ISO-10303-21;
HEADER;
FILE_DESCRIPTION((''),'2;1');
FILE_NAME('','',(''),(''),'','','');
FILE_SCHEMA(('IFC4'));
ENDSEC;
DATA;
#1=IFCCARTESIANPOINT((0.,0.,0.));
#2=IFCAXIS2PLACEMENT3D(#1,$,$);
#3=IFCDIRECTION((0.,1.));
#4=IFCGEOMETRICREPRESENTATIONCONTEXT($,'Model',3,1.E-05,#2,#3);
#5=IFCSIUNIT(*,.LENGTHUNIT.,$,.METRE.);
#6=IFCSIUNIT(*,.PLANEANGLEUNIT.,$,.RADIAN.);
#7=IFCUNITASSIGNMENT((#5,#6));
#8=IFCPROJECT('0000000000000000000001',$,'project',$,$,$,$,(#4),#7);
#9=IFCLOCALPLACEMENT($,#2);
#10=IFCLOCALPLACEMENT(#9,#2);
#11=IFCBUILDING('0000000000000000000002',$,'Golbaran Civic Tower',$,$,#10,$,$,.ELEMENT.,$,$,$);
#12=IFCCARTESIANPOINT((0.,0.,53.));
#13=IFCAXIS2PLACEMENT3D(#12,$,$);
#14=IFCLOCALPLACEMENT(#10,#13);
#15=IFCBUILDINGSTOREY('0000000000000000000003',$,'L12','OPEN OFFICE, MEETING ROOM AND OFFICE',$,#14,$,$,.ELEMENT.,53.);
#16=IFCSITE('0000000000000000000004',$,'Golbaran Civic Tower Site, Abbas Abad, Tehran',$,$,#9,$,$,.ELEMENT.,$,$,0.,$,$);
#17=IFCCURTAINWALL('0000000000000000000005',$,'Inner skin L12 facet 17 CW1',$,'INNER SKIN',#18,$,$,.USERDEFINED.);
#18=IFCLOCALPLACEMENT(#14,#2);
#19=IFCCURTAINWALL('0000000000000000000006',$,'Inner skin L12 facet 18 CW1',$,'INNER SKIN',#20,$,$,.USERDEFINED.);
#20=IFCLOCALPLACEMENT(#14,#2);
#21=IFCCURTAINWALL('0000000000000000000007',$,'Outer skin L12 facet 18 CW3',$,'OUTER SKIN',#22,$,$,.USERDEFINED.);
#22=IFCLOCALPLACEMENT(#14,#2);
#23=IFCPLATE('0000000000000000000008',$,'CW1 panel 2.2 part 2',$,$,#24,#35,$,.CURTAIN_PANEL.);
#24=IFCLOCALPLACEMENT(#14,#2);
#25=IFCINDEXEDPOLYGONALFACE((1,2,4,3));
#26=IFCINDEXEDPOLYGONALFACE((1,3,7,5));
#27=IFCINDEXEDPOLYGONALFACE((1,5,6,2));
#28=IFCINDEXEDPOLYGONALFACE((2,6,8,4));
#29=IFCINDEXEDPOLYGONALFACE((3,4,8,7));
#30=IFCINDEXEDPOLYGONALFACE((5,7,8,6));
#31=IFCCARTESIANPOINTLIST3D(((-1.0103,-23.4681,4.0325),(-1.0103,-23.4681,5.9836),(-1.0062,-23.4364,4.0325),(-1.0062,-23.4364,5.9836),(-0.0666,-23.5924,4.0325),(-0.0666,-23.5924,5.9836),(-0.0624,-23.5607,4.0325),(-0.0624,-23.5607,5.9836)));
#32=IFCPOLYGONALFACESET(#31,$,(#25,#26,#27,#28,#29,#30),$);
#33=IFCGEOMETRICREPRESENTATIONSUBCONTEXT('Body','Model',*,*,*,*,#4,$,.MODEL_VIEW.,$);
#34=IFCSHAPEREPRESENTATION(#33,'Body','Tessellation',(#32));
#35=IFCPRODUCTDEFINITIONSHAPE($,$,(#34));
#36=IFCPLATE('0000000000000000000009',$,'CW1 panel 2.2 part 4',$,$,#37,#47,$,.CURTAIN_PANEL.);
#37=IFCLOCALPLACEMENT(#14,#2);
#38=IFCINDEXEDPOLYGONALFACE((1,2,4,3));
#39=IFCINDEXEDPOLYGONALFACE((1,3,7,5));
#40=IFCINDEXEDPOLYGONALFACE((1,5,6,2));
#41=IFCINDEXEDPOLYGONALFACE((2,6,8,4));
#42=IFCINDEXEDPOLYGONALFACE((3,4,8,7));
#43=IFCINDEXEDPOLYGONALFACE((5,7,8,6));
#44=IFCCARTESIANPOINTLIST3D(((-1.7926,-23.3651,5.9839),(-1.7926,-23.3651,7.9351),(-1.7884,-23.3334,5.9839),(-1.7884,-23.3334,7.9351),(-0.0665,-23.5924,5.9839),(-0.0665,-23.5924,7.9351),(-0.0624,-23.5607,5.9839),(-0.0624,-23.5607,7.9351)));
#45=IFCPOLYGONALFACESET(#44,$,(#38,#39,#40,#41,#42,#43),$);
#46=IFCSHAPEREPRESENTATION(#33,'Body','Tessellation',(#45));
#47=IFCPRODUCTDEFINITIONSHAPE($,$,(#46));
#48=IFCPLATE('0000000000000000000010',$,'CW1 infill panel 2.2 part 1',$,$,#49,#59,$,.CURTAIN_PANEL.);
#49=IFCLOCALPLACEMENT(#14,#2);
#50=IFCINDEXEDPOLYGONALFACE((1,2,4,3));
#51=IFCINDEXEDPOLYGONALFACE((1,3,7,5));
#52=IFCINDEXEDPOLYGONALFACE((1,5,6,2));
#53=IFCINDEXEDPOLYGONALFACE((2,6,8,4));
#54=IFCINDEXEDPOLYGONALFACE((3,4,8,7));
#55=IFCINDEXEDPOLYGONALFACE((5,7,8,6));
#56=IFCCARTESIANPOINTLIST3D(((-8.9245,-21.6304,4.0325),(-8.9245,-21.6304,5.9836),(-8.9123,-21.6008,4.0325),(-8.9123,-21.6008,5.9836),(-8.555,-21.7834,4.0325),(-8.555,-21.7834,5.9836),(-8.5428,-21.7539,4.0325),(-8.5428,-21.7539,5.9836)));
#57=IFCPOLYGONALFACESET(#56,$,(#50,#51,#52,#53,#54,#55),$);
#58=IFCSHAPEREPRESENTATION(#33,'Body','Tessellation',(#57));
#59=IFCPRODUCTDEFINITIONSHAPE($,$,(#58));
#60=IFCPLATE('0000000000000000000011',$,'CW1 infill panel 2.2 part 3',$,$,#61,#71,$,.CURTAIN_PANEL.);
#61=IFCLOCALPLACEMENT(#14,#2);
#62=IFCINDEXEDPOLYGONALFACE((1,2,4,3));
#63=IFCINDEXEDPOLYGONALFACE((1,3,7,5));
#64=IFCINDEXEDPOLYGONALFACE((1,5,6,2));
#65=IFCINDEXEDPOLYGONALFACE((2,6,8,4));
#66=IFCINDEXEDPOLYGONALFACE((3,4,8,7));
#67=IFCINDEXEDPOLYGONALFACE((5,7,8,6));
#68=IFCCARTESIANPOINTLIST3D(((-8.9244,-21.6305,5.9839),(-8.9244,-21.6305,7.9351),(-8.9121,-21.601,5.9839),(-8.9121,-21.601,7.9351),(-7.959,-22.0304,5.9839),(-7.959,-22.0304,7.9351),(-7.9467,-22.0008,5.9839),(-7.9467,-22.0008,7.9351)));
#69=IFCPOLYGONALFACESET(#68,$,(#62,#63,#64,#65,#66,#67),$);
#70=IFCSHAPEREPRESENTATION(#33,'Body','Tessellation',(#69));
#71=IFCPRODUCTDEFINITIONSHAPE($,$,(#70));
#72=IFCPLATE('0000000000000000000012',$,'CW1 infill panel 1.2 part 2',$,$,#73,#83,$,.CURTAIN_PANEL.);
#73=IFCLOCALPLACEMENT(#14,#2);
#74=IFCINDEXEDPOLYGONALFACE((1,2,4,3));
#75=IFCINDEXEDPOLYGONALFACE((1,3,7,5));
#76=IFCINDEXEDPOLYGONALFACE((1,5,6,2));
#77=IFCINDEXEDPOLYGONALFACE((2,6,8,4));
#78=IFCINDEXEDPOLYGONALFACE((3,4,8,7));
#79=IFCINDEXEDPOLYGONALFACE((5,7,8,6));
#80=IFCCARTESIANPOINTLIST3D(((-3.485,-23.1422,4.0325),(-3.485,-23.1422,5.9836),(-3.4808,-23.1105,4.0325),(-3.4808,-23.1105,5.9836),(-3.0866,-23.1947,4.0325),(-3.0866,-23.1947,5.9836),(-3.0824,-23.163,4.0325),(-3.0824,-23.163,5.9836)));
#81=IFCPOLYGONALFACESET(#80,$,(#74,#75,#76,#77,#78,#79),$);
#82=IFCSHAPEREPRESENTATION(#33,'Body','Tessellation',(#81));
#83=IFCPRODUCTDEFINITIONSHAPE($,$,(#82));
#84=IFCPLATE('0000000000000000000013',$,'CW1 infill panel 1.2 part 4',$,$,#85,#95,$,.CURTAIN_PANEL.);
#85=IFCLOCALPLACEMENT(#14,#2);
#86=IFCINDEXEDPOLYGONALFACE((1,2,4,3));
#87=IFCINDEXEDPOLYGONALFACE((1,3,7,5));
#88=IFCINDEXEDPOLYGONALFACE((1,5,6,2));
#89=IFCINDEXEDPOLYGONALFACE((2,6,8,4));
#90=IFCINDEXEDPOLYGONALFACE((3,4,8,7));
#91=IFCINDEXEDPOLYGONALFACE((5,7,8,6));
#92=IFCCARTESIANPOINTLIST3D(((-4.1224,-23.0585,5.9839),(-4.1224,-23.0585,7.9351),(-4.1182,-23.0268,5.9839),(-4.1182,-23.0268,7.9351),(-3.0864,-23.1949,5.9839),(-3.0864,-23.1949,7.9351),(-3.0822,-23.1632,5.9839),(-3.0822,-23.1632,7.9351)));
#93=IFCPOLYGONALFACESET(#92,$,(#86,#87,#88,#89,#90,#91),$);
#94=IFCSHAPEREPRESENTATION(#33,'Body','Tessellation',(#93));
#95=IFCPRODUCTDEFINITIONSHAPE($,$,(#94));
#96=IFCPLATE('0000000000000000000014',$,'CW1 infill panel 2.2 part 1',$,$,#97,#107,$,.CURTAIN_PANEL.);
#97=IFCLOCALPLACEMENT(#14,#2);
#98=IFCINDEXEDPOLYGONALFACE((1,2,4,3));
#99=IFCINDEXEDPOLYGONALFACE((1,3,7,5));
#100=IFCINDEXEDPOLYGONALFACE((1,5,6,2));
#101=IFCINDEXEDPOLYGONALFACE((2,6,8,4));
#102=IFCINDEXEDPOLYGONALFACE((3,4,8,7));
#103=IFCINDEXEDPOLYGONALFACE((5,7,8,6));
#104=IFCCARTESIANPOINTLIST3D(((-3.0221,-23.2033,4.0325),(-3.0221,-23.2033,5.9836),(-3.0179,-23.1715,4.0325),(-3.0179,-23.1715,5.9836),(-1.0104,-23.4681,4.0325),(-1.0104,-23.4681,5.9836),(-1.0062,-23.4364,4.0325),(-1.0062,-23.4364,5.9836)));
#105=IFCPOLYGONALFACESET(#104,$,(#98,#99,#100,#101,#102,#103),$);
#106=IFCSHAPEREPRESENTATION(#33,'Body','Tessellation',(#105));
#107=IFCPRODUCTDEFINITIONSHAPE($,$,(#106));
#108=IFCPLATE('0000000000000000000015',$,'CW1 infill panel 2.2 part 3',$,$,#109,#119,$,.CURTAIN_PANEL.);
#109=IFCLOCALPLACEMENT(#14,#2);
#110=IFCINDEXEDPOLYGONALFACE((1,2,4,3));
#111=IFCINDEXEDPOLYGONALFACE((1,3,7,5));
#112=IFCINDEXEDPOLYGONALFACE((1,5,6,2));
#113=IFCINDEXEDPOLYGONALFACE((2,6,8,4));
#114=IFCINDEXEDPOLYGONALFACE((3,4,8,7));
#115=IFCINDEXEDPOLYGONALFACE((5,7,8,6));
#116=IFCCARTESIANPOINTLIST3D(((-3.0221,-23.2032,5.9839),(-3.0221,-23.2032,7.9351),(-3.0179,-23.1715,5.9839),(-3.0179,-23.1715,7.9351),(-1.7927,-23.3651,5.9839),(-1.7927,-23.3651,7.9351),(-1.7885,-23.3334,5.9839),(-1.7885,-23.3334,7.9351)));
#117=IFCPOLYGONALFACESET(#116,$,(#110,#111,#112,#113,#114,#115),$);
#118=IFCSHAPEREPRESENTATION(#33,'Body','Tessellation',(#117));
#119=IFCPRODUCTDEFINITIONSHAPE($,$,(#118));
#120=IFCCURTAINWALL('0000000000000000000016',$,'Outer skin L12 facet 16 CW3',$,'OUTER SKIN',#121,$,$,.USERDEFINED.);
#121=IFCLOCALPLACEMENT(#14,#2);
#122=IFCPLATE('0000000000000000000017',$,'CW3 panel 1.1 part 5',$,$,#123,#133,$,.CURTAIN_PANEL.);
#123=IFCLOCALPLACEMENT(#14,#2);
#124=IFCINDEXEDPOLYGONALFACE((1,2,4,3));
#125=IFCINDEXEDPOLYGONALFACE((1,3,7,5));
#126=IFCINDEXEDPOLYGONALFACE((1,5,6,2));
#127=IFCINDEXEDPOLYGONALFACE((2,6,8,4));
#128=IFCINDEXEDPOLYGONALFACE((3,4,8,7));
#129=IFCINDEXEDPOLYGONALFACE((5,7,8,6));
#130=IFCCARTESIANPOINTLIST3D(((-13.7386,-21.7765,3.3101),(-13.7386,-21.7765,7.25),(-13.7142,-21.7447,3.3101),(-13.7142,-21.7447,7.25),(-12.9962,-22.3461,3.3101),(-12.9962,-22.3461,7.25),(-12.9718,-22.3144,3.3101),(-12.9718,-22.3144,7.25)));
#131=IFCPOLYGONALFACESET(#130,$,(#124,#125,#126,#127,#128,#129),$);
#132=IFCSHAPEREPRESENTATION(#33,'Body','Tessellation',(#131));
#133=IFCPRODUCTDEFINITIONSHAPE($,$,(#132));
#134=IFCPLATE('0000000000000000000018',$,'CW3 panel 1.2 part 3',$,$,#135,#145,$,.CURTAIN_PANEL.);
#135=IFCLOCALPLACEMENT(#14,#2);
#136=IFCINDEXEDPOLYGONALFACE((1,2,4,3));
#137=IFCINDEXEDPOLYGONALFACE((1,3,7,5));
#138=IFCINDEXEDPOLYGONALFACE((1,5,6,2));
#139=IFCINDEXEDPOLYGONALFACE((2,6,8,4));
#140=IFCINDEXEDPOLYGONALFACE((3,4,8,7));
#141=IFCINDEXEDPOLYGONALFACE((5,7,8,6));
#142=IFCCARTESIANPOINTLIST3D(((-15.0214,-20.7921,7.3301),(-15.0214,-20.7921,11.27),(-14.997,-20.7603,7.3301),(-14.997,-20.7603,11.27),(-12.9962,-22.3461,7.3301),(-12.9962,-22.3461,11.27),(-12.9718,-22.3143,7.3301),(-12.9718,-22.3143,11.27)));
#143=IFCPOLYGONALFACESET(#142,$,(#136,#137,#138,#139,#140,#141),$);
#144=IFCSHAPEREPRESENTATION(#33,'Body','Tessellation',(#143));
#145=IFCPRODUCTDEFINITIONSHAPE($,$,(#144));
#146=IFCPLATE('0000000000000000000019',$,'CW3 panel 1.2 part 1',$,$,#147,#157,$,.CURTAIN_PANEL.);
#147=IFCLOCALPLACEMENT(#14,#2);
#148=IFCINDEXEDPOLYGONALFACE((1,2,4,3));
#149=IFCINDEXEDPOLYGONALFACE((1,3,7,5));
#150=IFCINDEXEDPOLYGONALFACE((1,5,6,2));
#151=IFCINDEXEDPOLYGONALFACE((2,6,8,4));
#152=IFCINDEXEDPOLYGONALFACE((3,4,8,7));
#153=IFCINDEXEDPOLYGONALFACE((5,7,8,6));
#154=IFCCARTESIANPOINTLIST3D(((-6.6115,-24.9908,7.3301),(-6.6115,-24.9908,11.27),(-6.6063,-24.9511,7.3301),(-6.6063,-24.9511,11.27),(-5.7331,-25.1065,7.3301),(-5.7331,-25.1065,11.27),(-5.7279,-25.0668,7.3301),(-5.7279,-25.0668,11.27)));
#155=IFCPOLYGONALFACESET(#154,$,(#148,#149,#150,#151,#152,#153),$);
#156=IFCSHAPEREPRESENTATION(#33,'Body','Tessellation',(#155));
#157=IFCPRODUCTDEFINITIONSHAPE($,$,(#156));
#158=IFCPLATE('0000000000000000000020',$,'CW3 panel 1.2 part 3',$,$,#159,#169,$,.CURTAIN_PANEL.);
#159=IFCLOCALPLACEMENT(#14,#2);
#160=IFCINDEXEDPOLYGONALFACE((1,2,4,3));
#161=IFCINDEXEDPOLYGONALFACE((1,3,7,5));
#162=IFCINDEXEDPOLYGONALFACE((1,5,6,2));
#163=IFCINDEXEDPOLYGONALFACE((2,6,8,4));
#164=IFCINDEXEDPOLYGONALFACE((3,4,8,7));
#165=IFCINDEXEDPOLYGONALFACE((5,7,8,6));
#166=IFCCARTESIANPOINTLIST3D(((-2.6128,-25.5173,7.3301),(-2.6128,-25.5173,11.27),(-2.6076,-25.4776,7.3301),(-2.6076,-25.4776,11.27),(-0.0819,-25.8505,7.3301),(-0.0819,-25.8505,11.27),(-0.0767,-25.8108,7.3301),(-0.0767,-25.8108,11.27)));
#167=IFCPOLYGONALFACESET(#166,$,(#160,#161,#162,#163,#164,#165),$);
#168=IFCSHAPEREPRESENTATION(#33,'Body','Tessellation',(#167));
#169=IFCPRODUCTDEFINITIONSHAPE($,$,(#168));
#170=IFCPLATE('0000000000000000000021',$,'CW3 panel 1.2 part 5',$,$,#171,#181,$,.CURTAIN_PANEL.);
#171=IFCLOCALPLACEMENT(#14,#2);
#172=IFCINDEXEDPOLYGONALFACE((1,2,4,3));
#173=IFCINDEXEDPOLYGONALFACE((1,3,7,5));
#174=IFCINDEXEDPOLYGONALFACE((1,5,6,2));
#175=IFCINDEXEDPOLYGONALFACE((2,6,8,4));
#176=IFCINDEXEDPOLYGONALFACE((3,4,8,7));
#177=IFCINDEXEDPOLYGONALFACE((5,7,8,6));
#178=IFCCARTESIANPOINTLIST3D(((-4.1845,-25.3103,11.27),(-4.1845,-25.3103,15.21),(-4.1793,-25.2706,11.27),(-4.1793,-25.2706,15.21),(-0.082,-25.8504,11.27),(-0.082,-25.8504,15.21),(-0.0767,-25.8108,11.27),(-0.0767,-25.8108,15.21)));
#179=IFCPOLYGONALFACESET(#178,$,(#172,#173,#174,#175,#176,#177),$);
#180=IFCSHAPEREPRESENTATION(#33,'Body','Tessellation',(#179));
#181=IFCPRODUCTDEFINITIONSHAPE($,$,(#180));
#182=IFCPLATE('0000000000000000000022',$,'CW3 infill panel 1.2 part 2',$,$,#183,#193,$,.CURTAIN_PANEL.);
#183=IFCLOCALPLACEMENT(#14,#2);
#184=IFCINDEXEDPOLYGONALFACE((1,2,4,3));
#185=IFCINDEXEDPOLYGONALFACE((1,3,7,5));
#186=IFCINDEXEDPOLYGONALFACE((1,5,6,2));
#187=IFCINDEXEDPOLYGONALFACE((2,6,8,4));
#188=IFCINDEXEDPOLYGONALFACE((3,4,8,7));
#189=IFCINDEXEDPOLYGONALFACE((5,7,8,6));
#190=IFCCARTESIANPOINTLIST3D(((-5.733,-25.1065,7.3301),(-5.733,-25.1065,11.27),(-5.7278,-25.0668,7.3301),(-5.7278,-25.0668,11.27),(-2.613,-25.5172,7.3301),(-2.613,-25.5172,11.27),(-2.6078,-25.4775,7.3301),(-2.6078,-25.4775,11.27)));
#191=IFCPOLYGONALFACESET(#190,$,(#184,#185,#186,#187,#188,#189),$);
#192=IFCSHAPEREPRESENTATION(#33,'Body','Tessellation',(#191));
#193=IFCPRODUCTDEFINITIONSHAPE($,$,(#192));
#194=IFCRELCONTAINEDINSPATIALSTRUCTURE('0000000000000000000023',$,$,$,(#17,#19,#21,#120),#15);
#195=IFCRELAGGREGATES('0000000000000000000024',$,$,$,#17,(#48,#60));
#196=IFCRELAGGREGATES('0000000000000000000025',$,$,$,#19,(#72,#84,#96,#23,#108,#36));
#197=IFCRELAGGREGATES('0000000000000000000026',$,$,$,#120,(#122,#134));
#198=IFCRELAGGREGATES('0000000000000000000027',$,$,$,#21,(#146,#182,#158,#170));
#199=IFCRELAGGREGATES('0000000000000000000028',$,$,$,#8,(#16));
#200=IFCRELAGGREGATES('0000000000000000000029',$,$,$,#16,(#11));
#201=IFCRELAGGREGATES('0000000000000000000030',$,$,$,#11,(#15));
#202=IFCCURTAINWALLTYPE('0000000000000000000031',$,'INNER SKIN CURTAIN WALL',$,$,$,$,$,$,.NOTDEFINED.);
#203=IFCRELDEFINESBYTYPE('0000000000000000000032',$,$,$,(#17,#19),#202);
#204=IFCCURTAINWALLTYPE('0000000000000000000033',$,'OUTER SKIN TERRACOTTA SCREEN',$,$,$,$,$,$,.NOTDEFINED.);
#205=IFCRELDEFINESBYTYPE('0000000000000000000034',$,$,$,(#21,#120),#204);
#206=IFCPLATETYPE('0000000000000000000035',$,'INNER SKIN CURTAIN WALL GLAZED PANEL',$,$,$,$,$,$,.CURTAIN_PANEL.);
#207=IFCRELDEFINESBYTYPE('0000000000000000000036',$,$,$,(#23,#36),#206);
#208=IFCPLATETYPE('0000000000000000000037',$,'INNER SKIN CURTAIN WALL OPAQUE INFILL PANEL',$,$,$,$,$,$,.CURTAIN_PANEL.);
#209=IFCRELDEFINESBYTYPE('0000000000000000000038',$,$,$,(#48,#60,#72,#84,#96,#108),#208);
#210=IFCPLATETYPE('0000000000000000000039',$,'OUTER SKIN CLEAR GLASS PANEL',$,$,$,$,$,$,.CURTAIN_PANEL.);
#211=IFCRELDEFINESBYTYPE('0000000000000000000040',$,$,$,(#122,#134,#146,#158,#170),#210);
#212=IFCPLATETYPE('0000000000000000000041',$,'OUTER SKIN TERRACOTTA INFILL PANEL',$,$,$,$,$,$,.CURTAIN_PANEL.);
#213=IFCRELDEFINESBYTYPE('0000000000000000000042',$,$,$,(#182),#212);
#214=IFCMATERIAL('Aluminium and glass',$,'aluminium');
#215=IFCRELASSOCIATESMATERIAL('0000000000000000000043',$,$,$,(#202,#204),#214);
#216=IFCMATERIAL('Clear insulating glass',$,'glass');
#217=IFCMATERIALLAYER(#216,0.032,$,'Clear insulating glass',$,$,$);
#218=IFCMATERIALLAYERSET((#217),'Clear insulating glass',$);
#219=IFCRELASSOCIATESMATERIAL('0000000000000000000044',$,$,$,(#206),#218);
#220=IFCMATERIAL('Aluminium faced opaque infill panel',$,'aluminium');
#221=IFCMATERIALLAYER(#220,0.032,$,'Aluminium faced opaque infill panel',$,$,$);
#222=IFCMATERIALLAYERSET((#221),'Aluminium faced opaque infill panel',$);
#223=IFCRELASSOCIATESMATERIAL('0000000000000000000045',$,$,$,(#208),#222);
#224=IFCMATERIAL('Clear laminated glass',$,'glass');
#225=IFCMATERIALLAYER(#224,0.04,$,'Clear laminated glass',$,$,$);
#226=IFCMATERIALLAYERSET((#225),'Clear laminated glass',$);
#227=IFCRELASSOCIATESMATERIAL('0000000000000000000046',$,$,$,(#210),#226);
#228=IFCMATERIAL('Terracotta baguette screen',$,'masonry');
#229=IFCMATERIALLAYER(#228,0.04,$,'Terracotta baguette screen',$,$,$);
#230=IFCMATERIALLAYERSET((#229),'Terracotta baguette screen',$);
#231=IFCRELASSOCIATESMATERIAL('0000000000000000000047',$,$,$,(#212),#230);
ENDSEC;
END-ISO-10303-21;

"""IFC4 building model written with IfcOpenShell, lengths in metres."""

from ifc_helpers import new_model, si_unit, direction, frame, origin, origin_2d, place, context, subcontext, project, spatial, rectangle, extrude, material, layer, layer_set, type_object, element, aggregate, save


model = new_model("IFC4")

# Units and contexts
model_context = context("Model", 3, precision=1e-05, world=origin(), true_north=direction((0.0, 1.0)))
body_context = subcontext(model_context, "Body", "Model", "MODEL_VIEW")
ifc_project = project(units=[si_unit("LENGTHUNIT", "METRE"), si_unit("PLANEANGLEUNIT", "RADIAN")], contexts=[model_context])

# Site, building, storey
site_placement = place(None, origin())
site = spatial("IfcSite", under=ifc_project, at=site_placement, Name="Golbaran Civic Tower Site, Abbas Abad, Tehran", CompositionType="ELEMENT", RefElevation=0.0)
building_placement = place(site_placement, origin())
building = spatial("IfcBuilding", under=site, at=building_placement, Name="Golbaran Civic Tower", CompositionType="ELEMENT")
storey_placement = place(building_placement, frame((0.0, 0.0, 53.0)))
storey = spatial("IfcBuildingStorey", under=building, at=storey_placement, Name="L12", Description="OPEN OFFICE, MEETING ROOM AND OFFICE", CompositionType="ELEMENT", Elevation=53.0)

# Curtain walls
ifc_material_1 = material(Name="Aluminium and glass", Category="aluminium")
curtain_wall_type_1 = type_object("IfcCurtainWallType", Name="INNER SKIN CURTAIN WALL", PredefinedType="NOTDEFINED", material=ifc_material_1)
curtain_wall_1_placement = place(storey_placement, origin())
curtain_wall_1 = element("IfcCurtainWall", 1, at=curtain_wall_1_placement, inside=storey, type_object=curtain_wall_type_1, Name="Inner skin L12 facet 17 CW1", ObjectType="INNER SKIN", PredefinedType="USERDEFINED")
curtain_wall_2_placement = place(storey_placement, origin())
curtain_wall_2 = element("IfcCurtainWall", 2, at=curtain_wall_2_placement, inside=storey, type_object=curtain_wall_type_1, Name="Inner skin L12 facet 18 CW1", ObjectType="INNER SKIN", PredefinedType="USERDEFINED")
curtain_wall_type_2 = type_object("IfcCurtainWallType", Name="OUTER SKIN TERRACOTTA SCREEN", PredefinedType="NOTDEFINED", material=ifc_material_1)
curtain_wall_3_placement = place(storey_placement, origin())
curtain_wall_3 = element("IfcCurtainWall", 3, at=curtain_wall_3_placement, inside=storey, type_object=curtain_wall_type_2, Name="Outer skin L12 facet 18 CW3", ObjectType="OUTER SKIN", PredefinedType="USERDEFINED")

# Plates
ifc_material_2 = material(Name="Clear insulating glass", Category="glass")
ifc_layer_1 = layer(ifc_material_2, 0.032, Name="Clear insulating glass")
ifc_layer_set_1 = layer_set([ifc_layer_1], Name="Clear insulating glass")
plate_type_1 = type_object("IfcPlateType", Name="INNER SKIN CURTAIN WALL GLAZED PANEL", PredefinedType="CURTAIN_PANEL", material=ifc_layer_set_1)
plate_1_placement = place(storey_placement, frame((-0.5364, -23.5144, 4.0325), z_axis=(0.0, 0.0, 1.0), x_axis=(0.991445, -0.130526, 0.0)))
plate_1 = element("IfcPlate", 4, at=plate_1_placement, type_object=plate_type_1, Name="CW1 panel 2.2 part 2", PredefinedType="CURTAIN_PANEL", context=body_context, shape_type="SweptSolid", body=[
    extrude(rectangle(XDim=0.9519, YDim=0.032, at=origin_2d()), origin(), (0.0, 0.0, 1.0), 1.9512),
])
plate_2_placement = place(storey_placement, frame((-0.9275, -23.4629, 5.9839), z_axis=(0.0, 0.0, 1.0), x_axis=(0.991445, -0.130526, 0.0)))
plate_2 = element("IfcPlate", 5, at=plate_2_placement, type_object=plate_type_1, Name="CW1 panel 2.2 part 4", PredefinedType="CURTAIN_PANEL", context=body_context, shape_type="SweptSolid", body=[
    extrude(rectangle(XDim=1.741, YDim=0.032, at=origin_2d()), origin(), (0.0, 0.0, 1.0), 1.9512),
])
ifc_material_3 = material(Name="Aluminium faced opaque infill panel", Category="aluminium")
ifc_layer_2 = layer(ifc_material_3, 0.032, Name="Aluminium faced opaque infill panel")
ifc_layer_set_2 = layer_set([ifc_layer_2], Name="Aluminium faced opaque infill panel")
plate_type_2 = type_object("IfcPlateType", Name="INNER SKIN CURTAIN WALL OPAQUE INFILL PANEL", PredefinedType="CURTAIN_PANEL", material=ifc_layer_set_2)
plate_3_placement = place(storey_placement, frame((-8.7336, -21.6921, 4.0325), z_axis=(0.0, 0.0, 1.0), x_axis=(0.92388, -0.382683, 0.0)))
plate_3 = element("IfcPlate", 6, at=plate_3_placement, type_object=plate_type_2, Name="CW1 infill panel 2.2 part 1", PredefinedType="CURTAIN_PANEL", context=body_context, shape_type="SweptSolid", body=[
    extrude(rectangle(XDim=0.3999, YDim=0.032, at=origin_2d()), origin(), (0.0, 0.0, 1.0), 1.9512),
])
plate_4_placement = place(storey_placement, frame((-8.4355, -21.8157, 5.9839), z_axis=(0.0, 0.0, 1.0), x_axis=(0.92388, -0.382683, 0.0)))
plate_4 = element("IfcPlate", 7, at=plate_4_placement, type_object=plate_type_2, Name="CW1 infill panel 2.2 part 3", PredefinedType="CURTAIN_PANEL", context=body_context, shape_type="SweptSolid", body=[
    extrude(rectangle(XDim=1.0449, YDim=0.032, at=origin_2d()), origin(), (0.0, 0.0, 1.0), 1.9512),
])
aggregate(curtain_wall_1, [plate_3, plate_4])
plate_5_placement = place(storey_placement, frame((-3.2837, -23.1526, 4.0325), z_axis=(0.0, 0.0, 1.0), x_axis=(0.991445, -0.130526, 0.0)))
plate_5 = element("IfcPlate", 8, at=plate_5_placement, type_object=plate_type_2, Name="CW1 infill panel 1.2 part 2", PredefinedType="CURTAIN_PANEL", context=body_context, shape_type="SweptSolid", body=[
    extrude(rectangle(XDim=0.4019, YDim=0.032, at=origin_2d()), origin(), (0.0, 0.0, 1.0), 1.9512),
])
plate_6_placement = place(storey_placement, frame((-3.6023, -23.1108, 5.9839), z_axis=(0.0, 0.0, 1.0), x_axis=(0.991445, -0.130526, 0.0)))
plate_6 = element("IfcPlate", 9, at=plate_6_placement, type_object=plate_type_2, Name="CW1 infill panel 1.2 part 4", PredefinedType="CURTAIN_PANEL", context=body_context, shape_type="SweptSolid", body=[
    extrude(rectangle(XDim=1.0449, YDim=0.032, at=origin_2d()), origin(), (0.0, 0.0, 1.0), 1.9512),
])
plate_7_placement = place(storey_placement, frame((-2.0142, -23.3198, 4.0325), z_axis=(0.0, 0.0, 1.0), x_axis=(0.991445, -0.130526, 0.0)))
plate_7 = element("IfcPlate", 10, at=plate_7_placement, type_object=plate_type_2, Name="CW1 infill panel 2.2 part 1", PredefinedType="CURTAIN_PANEL", context=body_context, shape_type="SweptSolid", body=[
    extrude(rectangle(XDim=2.0291, YDim=0.032, at=origin_2d()), origin(), (0.0, 0.0, 1.0), 1.9512),
])
plate_8_placement = place(storey_placement, frame((-2.4053, -23.2683, 5.9839), z_axis=(0.0, 0.0, 1.0), x_axis=(0.991445, -0.130526, 0.0)))
plate_8 = element("IfcPlate", 11, at=plate_8_placement, type_object=plate_type_2, Name="CW1 infill panel 2.2 part 3", PredefinedType="CURTAIN_PANEL", context=body_context, shape_type="SweptSolid", body=[
    extrude(rectangle(XDim=1.24, YDim=0.032, at=origin_2d()), origin(), (0.0, 0.0, 1.0), 1.9512),
])
aggregate(curtain_wall_2, [plate_5, plate_6, plate_7, plate_1, plate_8, plate_2])

# Curtain wall, plates
curtain_wall_4_placement = place(storey_placement, origin())
curtain_wall_4 = element("IfcCurtainWall", 12, at=curtain_wall_4_placement, inside=storey, type_object=curtain_wall_type_2, Name="Outer skin L12 facet 16 CW3", ObjectType="OUTER SKIN", PredefinedType="USERDEFINED")
ifc_material_4 = material(Name="Clear laminated glass", Category="glass")
ifc_layer_3 = layer(ifc_material_4, 0.04, Name="Clear laminated glass")
ifc_layer_set_3 = layer_set([ifc_layer_3], Name="Clear laminated glass")
plate_type_3 = type_object("IfcPlateType", Name="OUTER SKIN CLEAR GLASS PANEL", PredefinedType="CURTAIN_PANEL", material=ifc_layer_set_3)
plate_9_placement = place(storey_placement, frame((-13.3552, -22.0454, 3.3101), z_axis=(0.0, 0.0, 1.0), x_axis=(0.793353, -0.608761, 0.0)))
plate_9 = element("IfcPlate", 13, at=plate_9_placement, type_object=plate_type_3, Name="CW3 panel 1.1 part 5", PredefinedType="CURTAIN_PANEL", context=body_context, shape_type="SweptSolid", body=[
    extrude(rectangle(XDim=0.9358, YDim=0.04, at=origin_2d()), origin(), (0.0, 0.0, 1.0), 3.9399),
])
plate_10_placement = place(storey_placement, frame((-13.9966, -21.5532, 7.3301), z_axis=(0.0, 0.0, 1.0), x_axis=(0.793353, -0.608761, 0.0)))
plate_10 = element("IfcPlate", 14, at=plate_10_placement, type_object=plate_type_3, Name="CW3 panel 1.2 part 3", PredefinedType="CURTAIN_PANEL", context=body_context, shape_type="SweptSolid", body=[
    extrude(rectangle(XDim=2.5527, YDim=0.04, at=origin_2d()), origin(), (0.0, 0.0, 1.0), 3.9399),
])
aggregate(curtain_wall_4, [plate_9, plate_10])

# Plates
plate_11_placement = place(storey_placement, frame((-6.1697, -25.0288, 7.3301), z_axis=(0.0, 0.0, 1.0), x_axis=(0.991445, -0.130526, 0.0)))
plate_11 = element("IfcPlate", 15, at=plate_11_placement, type_object=plate_type_3, Name="CW3 panel 1.2 part 1", PredefinedType="CURTAIN_PANEL", context=body_context, shape_type="SweptSolid", body=[
    extrude(rectangle(XDim=0.886, YDim=0.04, at=origin_2d()), origin(), (0.0, 0.0, 1.0), 3.9399),
])
plate_12_placement = place(storey_placement, frame((-1.3447, -25.6641, 7.3301), z_axis=(0.0, 0.0, 1.0), x_axis=(0.991445, -0.130526, 0.0)))
plate_12 = element("IfcPlate", 16, at=plate_12_placement, type_object=plate_type_3, Name="CW3 panel 1.2 part 3", PredefinedType="CURTAIN_PANEL", context=body_context, shape_type="SweptSolid", body=[
    extrude(rectangle(XDim=2.5527, YDim=0.04, at=origin_2d()), origin(), (0.0, 0.0, 1.0), 3.9399),
])
plate_13_placement = place(storey_placement, frame((-2.1306, -25.5605, 11.27), z_axis=(0.0, 0.0, 1.0), x_axis=(0.991445, -0.130526, 0.0)))
plate_13 = element("IfcPlate", 17, at=plate_13_placement, type_object=plate_type_3, Name="CW3 panel 1.2 part 5", PredefinedType="CURTAIN_PANEL", context=body_context, shape_type="SweptSolid", body=[
    extrude(rectangle(XDim=4.1379, YDim=0.04, at=origin_2d()), origin(), (0.0, 0.0, 1.0), 3.9399),
])
ifc_material_5 = material(Name="Terracotta baguette screen", Category="masonry")
ifc_layer_4 = layer(ifc_material_5, 0.04, Name="Terracotta baguette screen")
ifc_layer_set_4 = layer_set([ifc_layer_4], Name="Terracotta baguette screen")
plate_type_4 = type_object("IfcPlateType", Name="OUTER SKIN TERRACOTTA INFILL PANEL", PredefinedType="CURTAIN_PANEL", material=ifc_layer_set_4)
plate_14_placement = place(storey_placement, frame((-4.1704, -25.292, 7.3301), z_axis=(0.0, 0.0, 1.0), x_axis=(0.991445, -0.130526, 0.0)))
plate_14 = element("IfcPlate", 18, at=plate_14_placement, type_object=plate_type_4, Name="CW3 infill panel 1.2 part 2", PredefinedType="CURTAIN_PANEL", context=body_context, shape_type="SweptSolid", body=[
    extrude(rectangle(XDim=3.147, YDim=0.04, at=origin_2d()), origin(), (0.0, 0.0, 1.0), 3.9399),
])
aggregate(curtain_wall_3, [plate_11, plate_14, plate_12, plate_13])

save(model, "model.ifc")
